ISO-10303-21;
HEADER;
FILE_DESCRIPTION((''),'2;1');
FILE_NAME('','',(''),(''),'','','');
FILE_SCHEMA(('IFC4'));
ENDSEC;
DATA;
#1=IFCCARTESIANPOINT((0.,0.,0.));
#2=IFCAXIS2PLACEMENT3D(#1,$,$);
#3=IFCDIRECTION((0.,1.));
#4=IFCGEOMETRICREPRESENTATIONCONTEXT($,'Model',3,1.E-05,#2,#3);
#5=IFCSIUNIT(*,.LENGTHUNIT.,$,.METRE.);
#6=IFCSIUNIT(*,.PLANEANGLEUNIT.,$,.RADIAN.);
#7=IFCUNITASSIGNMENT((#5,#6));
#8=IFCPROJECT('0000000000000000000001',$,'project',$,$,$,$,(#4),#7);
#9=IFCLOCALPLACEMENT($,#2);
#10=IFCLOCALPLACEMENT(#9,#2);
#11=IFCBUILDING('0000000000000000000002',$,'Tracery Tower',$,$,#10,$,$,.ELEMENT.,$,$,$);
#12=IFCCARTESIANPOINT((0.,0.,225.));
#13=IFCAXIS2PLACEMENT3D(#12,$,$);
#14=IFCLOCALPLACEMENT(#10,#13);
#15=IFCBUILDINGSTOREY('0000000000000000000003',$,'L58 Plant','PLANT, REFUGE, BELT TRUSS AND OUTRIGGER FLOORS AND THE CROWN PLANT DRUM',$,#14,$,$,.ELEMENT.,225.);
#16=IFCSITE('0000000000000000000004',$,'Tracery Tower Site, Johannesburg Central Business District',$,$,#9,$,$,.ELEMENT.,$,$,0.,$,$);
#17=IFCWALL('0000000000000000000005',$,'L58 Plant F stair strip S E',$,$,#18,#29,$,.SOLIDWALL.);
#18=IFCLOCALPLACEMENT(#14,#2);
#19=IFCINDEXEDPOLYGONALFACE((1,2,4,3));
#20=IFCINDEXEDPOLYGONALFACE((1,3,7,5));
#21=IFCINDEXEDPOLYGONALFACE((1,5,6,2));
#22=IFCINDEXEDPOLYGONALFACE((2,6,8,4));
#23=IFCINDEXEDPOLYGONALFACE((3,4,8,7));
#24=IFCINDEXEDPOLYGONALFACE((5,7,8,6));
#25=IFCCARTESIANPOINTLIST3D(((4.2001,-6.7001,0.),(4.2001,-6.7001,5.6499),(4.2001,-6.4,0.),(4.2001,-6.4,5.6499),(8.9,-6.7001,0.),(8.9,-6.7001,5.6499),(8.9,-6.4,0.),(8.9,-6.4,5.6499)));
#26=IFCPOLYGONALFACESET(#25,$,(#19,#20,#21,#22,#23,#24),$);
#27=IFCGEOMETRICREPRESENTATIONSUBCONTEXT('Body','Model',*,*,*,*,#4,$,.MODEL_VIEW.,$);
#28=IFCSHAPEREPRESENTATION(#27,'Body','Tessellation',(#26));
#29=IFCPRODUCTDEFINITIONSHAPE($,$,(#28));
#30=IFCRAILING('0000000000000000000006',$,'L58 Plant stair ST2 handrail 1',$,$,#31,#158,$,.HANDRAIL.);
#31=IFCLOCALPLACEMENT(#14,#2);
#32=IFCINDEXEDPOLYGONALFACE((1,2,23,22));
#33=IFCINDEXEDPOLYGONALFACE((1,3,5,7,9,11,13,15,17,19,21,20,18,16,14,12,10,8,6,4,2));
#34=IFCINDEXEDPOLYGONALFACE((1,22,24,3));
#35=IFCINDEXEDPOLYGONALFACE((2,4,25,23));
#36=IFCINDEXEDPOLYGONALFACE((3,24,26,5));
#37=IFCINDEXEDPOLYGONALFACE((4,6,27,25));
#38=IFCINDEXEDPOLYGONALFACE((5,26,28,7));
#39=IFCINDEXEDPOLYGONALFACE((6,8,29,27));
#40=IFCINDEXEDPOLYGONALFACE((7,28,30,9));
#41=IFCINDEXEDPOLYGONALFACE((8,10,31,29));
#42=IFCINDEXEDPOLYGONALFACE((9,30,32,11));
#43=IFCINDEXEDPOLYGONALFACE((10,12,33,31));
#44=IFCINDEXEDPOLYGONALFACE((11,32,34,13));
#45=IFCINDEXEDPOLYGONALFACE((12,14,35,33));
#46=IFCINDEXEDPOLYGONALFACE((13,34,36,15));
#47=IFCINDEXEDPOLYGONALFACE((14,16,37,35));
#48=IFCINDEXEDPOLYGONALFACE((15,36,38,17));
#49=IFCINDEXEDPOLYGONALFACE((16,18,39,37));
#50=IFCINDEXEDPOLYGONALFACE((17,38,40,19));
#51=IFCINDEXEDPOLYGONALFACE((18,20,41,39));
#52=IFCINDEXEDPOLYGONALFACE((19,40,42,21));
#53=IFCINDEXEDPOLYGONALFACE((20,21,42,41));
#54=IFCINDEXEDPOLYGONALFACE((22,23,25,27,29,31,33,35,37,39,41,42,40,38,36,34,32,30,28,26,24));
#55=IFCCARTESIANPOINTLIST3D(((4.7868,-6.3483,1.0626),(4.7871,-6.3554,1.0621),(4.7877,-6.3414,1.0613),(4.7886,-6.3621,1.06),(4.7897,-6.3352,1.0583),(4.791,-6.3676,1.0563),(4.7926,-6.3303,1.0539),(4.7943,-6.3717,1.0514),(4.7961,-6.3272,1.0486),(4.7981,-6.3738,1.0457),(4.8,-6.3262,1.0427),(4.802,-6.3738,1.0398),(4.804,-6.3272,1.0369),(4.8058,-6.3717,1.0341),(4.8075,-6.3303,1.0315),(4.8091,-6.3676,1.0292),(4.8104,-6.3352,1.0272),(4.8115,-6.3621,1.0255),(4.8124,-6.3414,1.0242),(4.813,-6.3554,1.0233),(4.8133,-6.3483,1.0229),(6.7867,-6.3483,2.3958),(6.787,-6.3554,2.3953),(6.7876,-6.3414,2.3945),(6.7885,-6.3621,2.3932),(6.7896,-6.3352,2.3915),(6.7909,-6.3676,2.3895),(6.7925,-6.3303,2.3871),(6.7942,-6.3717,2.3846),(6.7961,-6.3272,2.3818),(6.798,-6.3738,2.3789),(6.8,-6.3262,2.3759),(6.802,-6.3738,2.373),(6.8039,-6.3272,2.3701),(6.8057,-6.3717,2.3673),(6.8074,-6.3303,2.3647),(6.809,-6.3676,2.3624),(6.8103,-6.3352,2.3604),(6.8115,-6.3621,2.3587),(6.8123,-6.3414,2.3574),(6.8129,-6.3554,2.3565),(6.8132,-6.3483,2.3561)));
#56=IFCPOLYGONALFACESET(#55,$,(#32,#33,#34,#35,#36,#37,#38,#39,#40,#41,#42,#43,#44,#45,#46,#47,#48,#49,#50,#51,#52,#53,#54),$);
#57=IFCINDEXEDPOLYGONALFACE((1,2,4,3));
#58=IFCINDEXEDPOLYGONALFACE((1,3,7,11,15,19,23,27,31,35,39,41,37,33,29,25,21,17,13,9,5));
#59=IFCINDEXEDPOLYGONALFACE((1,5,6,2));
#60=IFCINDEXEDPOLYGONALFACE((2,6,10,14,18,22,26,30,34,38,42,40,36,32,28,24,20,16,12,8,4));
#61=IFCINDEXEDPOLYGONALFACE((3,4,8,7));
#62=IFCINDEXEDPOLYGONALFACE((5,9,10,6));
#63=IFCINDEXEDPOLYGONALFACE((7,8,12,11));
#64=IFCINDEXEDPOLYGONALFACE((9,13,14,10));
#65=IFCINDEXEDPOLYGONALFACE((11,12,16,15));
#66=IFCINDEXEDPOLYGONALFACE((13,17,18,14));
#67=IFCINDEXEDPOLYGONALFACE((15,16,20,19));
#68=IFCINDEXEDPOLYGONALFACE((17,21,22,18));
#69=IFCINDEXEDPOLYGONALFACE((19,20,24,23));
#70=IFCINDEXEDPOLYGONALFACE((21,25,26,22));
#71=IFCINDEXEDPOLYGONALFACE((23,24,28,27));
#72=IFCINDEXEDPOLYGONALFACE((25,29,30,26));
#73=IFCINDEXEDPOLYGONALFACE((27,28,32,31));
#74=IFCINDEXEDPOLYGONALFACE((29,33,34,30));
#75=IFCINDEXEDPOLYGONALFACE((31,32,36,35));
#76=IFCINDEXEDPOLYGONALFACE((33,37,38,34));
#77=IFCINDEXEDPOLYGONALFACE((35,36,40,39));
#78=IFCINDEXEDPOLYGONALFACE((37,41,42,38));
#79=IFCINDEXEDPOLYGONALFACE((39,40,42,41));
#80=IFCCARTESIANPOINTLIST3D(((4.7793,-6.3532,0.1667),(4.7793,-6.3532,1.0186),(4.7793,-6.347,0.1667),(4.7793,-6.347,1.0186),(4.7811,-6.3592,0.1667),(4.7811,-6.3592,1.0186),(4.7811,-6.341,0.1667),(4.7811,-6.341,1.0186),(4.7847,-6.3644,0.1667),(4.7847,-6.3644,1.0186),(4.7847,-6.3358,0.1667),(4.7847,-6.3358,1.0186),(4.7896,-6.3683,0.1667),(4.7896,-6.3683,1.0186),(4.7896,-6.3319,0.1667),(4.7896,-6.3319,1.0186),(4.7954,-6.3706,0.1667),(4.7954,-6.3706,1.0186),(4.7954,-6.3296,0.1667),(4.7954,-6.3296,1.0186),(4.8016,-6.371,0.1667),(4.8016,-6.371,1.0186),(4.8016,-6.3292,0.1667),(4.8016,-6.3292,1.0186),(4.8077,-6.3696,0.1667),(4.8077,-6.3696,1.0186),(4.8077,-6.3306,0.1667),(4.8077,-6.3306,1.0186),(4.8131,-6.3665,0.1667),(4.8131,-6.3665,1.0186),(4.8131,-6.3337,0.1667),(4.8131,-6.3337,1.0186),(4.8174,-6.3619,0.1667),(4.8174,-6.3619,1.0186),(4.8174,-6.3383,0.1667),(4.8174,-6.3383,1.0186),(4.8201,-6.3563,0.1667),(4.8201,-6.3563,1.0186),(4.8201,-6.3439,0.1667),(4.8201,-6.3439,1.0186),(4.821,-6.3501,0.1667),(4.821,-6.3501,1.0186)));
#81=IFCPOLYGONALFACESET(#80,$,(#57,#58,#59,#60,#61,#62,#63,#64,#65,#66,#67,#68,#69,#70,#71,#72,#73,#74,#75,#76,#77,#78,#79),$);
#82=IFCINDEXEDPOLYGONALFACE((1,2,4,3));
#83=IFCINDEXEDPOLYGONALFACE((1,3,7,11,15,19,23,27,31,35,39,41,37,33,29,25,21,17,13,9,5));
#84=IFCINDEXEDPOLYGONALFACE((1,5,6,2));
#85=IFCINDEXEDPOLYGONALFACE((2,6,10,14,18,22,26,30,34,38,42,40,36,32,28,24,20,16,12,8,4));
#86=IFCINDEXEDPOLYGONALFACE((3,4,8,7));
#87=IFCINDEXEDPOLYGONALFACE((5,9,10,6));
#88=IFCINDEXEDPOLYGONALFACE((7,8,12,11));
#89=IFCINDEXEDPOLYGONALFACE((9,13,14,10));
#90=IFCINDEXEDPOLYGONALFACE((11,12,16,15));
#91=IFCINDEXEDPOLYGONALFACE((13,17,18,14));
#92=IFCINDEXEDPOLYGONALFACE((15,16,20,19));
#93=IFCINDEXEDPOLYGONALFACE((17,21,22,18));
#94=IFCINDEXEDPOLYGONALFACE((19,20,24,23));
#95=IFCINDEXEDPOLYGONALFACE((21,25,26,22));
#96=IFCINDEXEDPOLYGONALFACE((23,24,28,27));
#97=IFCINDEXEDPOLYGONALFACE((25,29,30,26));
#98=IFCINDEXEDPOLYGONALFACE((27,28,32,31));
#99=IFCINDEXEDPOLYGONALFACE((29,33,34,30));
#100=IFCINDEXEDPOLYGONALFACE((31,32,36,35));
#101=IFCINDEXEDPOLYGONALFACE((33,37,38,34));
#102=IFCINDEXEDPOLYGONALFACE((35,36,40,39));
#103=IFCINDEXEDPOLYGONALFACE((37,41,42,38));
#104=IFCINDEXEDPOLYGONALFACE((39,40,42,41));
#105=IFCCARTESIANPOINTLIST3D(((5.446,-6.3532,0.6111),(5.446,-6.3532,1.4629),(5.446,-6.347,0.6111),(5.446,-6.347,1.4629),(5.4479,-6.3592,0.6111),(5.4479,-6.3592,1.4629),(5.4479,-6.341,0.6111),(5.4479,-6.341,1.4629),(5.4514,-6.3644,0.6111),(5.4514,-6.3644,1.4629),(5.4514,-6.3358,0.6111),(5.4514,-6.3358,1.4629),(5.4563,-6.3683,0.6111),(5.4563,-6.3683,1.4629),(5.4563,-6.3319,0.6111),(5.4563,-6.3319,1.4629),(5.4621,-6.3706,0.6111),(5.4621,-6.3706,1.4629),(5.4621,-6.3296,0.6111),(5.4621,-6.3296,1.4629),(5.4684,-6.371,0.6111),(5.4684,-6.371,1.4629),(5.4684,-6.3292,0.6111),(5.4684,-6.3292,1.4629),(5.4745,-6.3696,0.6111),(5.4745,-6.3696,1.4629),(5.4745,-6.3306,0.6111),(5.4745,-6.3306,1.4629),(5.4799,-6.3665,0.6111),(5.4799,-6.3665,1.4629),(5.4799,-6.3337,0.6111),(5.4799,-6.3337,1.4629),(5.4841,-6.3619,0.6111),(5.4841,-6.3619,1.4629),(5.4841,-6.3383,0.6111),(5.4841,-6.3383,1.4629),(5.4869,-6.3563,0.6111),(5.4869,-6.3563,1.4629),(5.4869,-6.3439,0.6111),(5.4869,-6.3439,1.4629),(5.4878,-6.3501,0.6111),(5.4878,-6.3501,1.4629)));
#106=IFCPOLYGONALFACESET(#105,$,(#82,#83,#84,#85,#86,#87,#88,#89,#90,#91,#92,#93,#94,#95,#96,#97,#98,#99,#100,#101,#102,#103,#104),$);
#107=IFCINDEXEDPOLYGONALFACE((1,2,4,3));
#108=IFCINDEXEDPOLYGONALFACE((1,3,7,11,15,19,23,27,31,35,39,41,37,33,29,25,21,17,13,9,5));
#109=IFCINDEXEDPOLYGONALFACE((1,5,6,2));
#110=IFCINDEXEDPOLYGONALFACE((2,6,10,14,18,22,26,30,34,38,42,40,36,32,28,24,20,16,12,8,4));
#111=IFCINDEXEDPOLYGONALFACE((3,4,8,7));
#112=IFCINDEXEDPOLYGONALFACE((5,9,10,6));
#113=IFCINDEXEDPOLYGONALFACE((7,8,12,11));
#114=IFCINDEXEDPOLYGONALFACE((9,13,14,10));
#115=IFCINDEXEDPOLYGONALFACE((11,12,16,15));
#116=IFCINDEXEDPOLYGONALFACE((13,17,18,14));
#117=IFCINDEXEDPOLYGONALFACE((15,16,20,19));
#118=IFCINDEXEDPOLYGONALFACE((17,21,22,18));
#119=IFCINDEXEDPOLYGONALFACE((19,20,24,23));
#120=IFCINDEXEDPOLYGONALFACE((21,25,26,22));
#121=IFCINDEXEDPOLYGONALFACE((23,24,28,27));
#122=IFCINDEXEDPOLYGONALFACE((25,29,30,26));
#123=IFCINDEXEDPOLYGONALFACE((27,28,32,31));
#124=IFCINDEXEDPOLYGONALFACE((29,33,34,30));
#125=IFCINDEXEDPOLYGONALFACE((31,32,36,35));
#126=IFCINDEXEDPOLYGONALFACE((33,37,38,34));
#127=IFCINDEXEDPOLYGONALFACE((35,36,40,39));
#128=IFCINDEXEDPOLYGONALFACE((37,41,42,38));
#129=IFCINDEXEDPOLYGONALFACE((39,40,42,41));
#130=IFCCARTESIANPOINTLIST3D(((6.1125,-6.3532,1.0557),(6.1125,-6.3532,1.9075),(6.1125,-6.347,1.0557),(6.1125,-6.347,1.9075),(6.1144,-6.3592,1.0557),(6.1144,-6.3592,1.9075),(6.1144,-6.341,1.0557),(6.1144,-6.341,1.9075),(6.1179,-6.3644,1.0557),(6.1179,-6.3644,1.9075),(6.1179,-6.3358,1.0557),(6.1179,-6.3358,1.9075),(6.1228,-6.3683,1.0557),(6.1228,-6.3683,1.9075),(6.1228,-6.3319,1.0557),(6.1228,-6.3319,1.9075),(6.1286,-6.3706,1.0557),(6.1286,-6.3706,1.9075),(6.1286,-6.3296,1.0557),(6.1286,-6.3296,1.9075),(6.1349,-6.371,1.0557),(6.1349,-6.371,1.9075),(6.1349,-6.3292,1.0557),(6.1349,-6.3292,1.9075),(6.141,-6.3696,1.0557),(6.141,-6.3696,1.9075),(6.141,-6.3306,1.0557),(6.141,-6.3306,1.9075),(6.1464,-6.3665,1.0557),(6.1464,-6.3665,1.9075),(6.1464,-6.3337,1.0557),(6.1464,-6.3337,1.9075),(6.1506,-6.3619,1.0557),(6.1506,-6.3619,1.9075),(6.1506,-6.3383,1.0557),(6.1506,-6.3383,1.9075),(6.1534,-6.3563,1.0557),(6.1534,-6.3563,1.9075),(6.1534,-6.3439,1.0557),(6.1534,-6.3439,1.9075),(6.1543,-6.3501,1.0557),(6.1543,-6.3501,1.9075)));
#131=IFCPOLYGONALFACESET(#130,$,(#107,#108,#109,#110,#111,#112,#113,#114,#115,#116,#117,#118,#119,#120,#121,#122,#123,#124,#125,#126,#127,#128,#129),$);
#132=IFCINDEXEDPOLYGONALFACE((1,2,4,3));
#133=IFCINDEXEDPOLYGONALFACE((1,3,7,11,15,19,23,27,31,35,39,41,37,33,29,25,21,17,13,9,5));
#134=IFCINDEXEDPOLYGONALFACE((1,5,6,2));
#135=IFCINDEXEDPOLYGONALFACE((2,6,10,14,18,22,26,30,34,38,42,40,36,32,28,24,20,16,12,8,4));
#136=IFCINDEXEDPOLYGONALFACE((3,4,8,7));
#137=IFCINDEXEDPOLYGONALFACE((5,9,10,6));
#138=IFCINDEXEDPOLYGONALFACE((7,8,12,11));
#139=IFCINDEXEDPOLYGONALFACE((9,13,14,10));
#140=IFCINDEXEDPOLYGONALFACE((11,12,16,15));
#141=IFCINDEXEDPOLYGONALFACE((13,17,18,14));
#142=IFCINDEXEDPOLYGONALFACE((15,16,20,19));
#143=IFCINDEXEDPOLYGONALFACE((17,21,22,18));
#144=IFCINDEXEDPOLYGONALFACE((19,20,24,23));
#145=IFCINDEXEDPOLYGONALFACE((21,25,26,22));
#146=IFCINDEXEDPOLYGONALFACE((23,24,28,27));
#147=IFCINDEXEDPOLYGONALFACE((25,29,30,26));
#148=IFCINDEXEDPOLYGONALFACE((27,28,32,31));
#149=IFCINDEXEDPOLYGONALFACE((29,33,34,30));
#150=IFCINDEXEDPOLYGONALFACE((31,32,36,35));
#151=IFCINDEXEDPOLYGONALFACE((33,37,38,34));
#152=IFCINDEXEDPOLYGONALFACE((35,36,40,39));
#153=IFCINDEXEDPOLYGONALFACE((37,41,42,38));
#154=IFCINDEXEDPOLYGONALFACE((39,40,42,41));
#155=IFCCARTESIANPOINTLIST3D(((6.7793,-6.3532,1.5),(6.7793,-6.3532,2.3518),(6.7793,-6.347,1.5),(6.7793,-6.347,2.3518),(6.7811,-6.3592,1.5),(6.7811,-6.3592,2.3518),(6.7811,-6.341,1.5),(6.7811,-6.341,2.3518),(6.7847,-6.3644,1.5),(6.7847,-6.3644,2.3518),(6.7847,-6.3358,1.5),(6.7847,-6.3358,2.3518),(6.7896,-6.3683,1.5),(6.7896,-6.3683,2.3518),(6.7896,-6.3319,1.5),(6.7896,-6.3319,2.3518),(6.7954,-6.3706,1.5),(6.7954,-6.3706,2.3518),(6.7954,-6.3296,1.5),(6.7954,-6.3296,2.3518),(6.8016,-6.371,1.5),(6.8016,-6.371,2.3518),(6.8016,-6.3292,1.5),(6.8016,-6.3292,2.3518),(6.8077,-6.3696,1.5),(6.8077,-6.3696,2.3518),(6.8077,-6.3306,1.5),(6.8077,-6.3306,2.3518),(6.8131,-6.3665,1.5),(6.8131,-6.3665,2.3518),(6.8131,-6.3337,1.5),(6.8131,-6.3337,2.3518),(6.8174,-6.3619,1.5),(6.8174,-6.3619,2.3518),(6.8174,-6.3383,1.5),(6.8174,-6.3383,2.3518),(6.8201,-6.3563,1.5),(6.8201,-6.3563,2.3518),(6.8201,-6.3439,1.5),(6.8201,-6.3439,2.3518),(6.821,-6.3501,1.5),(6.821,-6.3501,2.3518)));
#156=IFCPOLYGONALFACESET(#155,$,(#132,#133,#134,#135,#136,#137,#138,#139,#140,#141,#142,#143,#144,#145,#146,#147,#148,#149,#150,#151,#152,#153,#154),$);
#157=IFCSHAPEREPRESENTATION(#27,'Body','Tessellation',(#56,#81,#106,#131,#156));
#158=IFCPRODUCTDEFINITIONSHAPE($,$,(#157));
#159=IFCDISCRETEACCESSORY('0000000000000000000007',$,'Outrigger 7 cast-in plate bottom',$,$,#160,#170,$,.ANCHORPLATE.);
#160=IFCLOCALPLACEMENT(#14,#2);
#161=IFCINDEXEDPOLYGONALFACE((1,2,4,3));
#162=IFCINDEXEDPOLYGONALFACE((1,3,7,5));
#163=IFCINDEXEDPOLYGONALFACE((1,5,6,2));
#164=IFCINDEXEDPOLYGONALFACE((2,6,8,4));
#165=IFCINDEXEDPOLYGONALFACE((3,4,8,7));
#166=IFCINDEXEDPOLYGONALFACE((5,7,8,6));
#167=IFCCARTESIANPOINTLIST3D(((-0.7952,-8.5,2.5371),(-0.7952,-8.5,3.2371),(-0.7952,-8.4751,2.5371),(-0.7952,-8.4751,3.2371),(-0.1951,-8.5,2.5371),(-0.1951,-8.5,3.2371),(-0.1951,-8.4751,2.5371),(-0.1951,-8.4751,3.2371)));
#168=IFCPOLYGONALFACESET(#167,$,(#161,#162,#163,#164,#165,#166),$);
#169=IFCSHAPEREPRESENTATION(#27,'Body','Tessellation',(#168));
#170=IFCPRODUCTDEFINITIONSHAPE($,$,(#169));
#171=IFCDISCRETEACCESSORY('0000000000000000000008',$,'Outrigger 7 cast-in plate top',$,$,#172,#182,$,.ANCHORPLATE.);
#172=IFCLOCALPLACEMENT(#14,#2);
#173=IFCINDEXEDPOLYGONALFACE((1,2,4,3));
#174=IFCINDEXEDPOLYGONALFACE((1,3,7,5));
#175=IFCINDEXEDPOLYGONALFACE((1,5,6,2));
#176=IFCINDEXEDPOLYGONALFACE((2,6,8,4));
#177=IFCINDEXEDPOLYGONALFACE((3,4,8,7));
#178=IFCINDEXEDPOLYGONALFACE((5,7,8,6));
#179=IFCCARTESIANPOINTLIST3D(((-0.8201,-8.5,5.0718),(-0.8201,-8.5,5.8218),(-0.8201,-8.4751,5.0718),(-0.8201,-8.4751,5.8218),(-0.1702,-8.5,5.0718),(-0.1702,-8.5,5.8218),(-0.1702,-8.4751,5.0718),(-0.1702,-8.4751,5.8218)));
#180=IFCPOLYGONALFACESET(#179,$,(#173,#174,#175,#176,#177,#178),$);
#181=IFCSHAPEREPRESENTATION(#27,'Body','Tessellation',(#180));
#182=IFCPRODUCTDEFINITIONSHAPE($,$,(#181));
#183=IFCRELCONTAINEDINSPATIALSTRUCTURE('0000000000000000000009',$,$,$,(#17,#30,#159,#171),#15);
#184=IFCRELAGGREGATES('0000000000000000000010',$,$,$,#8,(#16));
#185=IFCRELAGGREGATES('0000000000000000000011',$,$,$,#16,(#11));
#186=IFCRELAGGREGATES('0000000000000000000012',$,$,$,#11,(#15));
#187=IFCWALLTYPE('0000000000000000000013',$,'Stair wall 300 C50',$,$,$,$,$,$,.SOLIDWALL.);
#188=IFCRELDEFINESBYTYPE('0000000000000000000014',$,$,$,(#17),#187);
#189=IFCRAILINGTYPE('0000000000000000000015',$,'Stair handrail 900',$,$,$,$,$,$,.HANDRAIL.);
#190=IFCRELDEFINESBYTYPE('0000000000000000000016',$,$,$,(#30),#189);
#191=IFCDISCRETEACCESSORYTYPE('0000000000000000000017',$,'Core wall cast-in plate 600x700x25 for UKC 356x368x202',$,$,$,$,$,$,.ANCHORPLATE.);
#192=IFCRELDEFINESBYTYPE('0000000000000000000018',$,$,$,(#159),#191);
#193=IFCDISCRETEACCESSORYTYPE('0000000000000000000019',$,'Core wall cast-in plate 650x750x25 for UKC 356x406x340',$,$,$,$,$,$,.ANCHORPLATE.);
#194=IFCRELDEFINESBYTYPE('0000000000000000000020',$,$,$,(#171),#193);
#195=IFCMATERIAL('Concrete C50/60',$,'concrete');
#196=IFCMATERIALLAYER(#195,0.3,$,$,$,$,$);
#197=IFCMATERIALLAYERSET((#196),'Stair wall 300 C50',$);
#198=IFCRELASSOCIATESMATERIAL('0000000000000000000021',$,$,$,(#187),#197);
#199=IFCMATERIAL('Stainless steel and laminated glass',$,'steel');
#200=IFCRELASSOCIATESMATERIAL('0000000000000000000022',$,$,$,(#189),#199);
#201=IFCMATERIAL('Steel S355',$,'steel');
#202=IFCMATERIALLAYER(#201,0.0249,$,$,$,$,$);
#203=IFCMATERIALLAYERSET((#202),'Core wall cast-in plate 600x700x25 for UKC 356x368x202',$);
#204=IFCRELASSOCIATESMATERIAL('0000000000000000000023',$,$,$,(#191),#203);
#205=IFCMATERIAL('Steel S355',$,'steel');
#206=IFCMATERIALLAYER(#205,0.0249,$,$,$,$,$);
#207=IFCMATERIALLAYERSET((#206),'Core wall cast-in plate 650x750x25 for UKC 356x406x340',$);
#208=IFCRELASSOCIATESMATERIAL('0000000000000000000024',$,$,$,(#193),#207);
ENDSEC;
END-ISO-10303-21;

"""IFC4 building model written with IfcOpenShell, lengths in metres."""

from ifc_helpers import new_model, si_unit, direction, frame, frame_2d, origin, origin_2d, place, context, subcontext, project, spatial, rectangle, circle, extrude, material, layer, layer_set, type_object, element, save


model = new_model("IFC4")

# Units and contexts
model_context = context("Model", 3, precision=1e-05, world=origin(), true_north=direction((0.0, 1.0)))
body_context = subcontext(model_context, "Body", "Model", "MODEL_VIEW")
ifc_project = project(units=[si_unit("LENGTHUNIT", "METRE"), si_unit("PLANEANGLEUNIT", "RADIAN")], contexts=[model_context])

# Site, building, storey
site_placement = place(None, origin())
site = spatial("IfcSite", under=ifc_project, at=site_placement, Name="Tracery Tower Site, Johannesburg Central Business District", CompositionType="ELEMENT", RefElevation=0.0)
building_placement = place(site_placement, origin())
building = spatial("IfcBuilding", under=site, at=building_placement, Name="Tracery Tower", CompositionType="ELEMENT")
storey_placement = place(building_placement, frame((0.0, 0.0, 225.0)))
storey = spatial("IfcBuildingStorey", under=building, at=storey_placement, Name="L58 Plant", Description="PLANT, REFUGE, BELT TRUSS AND OUTRIGGER FLOORS AND THE CROWN PLANT DRUM", CompositionType="ELEMENT", Elevation=225.0)

# Shared definitions
ifc_material_1 = material(Name="Concrete C50/60", Category="concrete")
ifc_layer_1 = layer(ifc_material_1, 0.3)
ifc_layer_set_1 = layer_set([ifc_layer_1], Name="Stair wall 300 C50")
wall_type_1 = type_object("IfcWallType", Name="Stair wall 300 C50", PredefinedType="SOLIDWALL", material=ifc_layer_set_1)

# Wall
wall_1_placement = place(storey_placement, frame((4.2, -6.55, 0.0), z_axis=(0.0, 0.0, 1.0), x_axis=(1.0, 0.0, 0.0)))
element("IfcWall", 1, at=wall_1_placement, inside=storey, type_object=wall_type_1, Name="L58 Plant F stair strip S E", PredefinedType="SOLIDWALL", context=body_context, shape_type="SweptSolid", body=[
    extrude(rectangle(XDim=4.7, YDim=0.3, at=frame_2d((2.3501, 0.0))), origin(), (0.0, 0.0, 1.0), 5.6499),
])

# Railing
ifc_material_2 = material(Name="Stainless steel and laminated glass", Category="steel")
railing_type = type_object("IfcRailingType", Name="Stair handrail 900", PredefinedType="HANDRAIL", material=ifc_material_2)
railing_placement = place(storey_placement, frame((4.8, -6.3501, 0.1667)))
element("IfcRailing", 2, at=railing_placement, inside=storey, type_object=railing_type, Name="L58 Plant stair ST2 handrail 1", PredefinedType="HANDRAIL", context=body_context, shape_type="SweptSolid", body=[
    extrude(circle(Radius=0.0239, at=origin_2d()), frame((0.0, 0.0, 0.876), z_axis=(0.832066, 0.0, 0.554677), x_axis=(0.0, 1.0, 0.0)), (0.0, 0.0, 1.0), 2.4036),
    extrude(circle(Radius=0.021, at=origin_2d()), origin(), (0.0, 0.0, 1.0), 0.8518),
    extrude(circle(Radius=0.021, at=origin_2d()), frame((0.6667, 0.0, 0.4443)), (0.0, 0.0, 1.0), 0.8518),
    extrude(circle(Radius=0.021, at=origin_2d()), frame((1.3333, 0.0, 0.8889)), (0.0, 0.0, 1.0), 0.8518),
    extrude(circle(Radius=0.021, at=origin_2d()), frame((2.0, 0.0, 1.3333)), (0.0, 0.0, 1.0), 0.8518),
])

# Discrete accessories
ifc_material_3 = material(Name="Steel S355", Category="steel")
ifc_layer_2 = layer(ifc_material_3, 0.0249)
ifc_layer_set_2 = layer_set([ifc_layer_2], Name="Core wall cast-in plate 600x700x25 for UKC 356x368x202")
discrete_accessory_type_1 = type_object("IfcDiscreteAccessoryType", Name="Core wall cast-in plate 600x700x25 for UKC 356x368x202", PredefinedType="ANCHORPLATE", material=ifc_layer_set_2)
discrete_accessory_1_placement = place(storey_placement, frame((-0.4951, -8.4875, 2.5371), z_axis=(0.0, 0.0, 1.0), x_axis=(1.0, 0.0, 0.0)))
element("IfcDiscreteAccessory", 3, at=discrete_accessory_1_placement, inside=storey, type_object=discrete_accessory_type_1, Name="Outrigger 7 cast-in plate bottom", PredefinedType="ANCHORPLATE", context=body_context, shape_type="SweptSolid", body=[
    extrude(rectangle(XDim=0.6001, YDim=0.0249, at=origin_2d()), origin(), (0.0, 0.0, 1.0), 0.7),
])
ifc_material_4 = material(Name="Steel S355", Category="steel")
ifc_layer_3 = layer(ifc_material_4, 0.0249)
ifc_layer_set_3 = layer_set([ifc_layer_3], Name="Core wall cast-in plate 650x750x25 for UKC 356x406x340")
discrete_accessory_type_2 = type_object("IfcDiscreteAccessoryType", Name="Core wall cast-in plate 650x750x25 for UKC 356x406x340", PredefinedType="ANCHORPLATE", material=ifc_layer_set_3)
discrete_accessory_2_placement = place(storey_placement, frame((-0.4951, -8.4875, 5.0718), z_axis=(0.0, 0.0, 1.0), x_axis=(1.0, 0.0, 0.0)))
element("IfcDiscreteAccessory", 4, at=discrete_accessory_2_placement, inside=storey, type_object=discrete_accessory_type_2, Name="Outrigger 7 cast-in plate top", PredefinedType="ANCHORPLATE", context=body_context, shape_type="SweptSolid", body=[
    extrude(rectangle(XDim=0.6499, YDim=0.0249, at=origin_2d()), origin(), (0.0, 0.0, 1.0), 0.75),
])

save(model, "model.ifc")
